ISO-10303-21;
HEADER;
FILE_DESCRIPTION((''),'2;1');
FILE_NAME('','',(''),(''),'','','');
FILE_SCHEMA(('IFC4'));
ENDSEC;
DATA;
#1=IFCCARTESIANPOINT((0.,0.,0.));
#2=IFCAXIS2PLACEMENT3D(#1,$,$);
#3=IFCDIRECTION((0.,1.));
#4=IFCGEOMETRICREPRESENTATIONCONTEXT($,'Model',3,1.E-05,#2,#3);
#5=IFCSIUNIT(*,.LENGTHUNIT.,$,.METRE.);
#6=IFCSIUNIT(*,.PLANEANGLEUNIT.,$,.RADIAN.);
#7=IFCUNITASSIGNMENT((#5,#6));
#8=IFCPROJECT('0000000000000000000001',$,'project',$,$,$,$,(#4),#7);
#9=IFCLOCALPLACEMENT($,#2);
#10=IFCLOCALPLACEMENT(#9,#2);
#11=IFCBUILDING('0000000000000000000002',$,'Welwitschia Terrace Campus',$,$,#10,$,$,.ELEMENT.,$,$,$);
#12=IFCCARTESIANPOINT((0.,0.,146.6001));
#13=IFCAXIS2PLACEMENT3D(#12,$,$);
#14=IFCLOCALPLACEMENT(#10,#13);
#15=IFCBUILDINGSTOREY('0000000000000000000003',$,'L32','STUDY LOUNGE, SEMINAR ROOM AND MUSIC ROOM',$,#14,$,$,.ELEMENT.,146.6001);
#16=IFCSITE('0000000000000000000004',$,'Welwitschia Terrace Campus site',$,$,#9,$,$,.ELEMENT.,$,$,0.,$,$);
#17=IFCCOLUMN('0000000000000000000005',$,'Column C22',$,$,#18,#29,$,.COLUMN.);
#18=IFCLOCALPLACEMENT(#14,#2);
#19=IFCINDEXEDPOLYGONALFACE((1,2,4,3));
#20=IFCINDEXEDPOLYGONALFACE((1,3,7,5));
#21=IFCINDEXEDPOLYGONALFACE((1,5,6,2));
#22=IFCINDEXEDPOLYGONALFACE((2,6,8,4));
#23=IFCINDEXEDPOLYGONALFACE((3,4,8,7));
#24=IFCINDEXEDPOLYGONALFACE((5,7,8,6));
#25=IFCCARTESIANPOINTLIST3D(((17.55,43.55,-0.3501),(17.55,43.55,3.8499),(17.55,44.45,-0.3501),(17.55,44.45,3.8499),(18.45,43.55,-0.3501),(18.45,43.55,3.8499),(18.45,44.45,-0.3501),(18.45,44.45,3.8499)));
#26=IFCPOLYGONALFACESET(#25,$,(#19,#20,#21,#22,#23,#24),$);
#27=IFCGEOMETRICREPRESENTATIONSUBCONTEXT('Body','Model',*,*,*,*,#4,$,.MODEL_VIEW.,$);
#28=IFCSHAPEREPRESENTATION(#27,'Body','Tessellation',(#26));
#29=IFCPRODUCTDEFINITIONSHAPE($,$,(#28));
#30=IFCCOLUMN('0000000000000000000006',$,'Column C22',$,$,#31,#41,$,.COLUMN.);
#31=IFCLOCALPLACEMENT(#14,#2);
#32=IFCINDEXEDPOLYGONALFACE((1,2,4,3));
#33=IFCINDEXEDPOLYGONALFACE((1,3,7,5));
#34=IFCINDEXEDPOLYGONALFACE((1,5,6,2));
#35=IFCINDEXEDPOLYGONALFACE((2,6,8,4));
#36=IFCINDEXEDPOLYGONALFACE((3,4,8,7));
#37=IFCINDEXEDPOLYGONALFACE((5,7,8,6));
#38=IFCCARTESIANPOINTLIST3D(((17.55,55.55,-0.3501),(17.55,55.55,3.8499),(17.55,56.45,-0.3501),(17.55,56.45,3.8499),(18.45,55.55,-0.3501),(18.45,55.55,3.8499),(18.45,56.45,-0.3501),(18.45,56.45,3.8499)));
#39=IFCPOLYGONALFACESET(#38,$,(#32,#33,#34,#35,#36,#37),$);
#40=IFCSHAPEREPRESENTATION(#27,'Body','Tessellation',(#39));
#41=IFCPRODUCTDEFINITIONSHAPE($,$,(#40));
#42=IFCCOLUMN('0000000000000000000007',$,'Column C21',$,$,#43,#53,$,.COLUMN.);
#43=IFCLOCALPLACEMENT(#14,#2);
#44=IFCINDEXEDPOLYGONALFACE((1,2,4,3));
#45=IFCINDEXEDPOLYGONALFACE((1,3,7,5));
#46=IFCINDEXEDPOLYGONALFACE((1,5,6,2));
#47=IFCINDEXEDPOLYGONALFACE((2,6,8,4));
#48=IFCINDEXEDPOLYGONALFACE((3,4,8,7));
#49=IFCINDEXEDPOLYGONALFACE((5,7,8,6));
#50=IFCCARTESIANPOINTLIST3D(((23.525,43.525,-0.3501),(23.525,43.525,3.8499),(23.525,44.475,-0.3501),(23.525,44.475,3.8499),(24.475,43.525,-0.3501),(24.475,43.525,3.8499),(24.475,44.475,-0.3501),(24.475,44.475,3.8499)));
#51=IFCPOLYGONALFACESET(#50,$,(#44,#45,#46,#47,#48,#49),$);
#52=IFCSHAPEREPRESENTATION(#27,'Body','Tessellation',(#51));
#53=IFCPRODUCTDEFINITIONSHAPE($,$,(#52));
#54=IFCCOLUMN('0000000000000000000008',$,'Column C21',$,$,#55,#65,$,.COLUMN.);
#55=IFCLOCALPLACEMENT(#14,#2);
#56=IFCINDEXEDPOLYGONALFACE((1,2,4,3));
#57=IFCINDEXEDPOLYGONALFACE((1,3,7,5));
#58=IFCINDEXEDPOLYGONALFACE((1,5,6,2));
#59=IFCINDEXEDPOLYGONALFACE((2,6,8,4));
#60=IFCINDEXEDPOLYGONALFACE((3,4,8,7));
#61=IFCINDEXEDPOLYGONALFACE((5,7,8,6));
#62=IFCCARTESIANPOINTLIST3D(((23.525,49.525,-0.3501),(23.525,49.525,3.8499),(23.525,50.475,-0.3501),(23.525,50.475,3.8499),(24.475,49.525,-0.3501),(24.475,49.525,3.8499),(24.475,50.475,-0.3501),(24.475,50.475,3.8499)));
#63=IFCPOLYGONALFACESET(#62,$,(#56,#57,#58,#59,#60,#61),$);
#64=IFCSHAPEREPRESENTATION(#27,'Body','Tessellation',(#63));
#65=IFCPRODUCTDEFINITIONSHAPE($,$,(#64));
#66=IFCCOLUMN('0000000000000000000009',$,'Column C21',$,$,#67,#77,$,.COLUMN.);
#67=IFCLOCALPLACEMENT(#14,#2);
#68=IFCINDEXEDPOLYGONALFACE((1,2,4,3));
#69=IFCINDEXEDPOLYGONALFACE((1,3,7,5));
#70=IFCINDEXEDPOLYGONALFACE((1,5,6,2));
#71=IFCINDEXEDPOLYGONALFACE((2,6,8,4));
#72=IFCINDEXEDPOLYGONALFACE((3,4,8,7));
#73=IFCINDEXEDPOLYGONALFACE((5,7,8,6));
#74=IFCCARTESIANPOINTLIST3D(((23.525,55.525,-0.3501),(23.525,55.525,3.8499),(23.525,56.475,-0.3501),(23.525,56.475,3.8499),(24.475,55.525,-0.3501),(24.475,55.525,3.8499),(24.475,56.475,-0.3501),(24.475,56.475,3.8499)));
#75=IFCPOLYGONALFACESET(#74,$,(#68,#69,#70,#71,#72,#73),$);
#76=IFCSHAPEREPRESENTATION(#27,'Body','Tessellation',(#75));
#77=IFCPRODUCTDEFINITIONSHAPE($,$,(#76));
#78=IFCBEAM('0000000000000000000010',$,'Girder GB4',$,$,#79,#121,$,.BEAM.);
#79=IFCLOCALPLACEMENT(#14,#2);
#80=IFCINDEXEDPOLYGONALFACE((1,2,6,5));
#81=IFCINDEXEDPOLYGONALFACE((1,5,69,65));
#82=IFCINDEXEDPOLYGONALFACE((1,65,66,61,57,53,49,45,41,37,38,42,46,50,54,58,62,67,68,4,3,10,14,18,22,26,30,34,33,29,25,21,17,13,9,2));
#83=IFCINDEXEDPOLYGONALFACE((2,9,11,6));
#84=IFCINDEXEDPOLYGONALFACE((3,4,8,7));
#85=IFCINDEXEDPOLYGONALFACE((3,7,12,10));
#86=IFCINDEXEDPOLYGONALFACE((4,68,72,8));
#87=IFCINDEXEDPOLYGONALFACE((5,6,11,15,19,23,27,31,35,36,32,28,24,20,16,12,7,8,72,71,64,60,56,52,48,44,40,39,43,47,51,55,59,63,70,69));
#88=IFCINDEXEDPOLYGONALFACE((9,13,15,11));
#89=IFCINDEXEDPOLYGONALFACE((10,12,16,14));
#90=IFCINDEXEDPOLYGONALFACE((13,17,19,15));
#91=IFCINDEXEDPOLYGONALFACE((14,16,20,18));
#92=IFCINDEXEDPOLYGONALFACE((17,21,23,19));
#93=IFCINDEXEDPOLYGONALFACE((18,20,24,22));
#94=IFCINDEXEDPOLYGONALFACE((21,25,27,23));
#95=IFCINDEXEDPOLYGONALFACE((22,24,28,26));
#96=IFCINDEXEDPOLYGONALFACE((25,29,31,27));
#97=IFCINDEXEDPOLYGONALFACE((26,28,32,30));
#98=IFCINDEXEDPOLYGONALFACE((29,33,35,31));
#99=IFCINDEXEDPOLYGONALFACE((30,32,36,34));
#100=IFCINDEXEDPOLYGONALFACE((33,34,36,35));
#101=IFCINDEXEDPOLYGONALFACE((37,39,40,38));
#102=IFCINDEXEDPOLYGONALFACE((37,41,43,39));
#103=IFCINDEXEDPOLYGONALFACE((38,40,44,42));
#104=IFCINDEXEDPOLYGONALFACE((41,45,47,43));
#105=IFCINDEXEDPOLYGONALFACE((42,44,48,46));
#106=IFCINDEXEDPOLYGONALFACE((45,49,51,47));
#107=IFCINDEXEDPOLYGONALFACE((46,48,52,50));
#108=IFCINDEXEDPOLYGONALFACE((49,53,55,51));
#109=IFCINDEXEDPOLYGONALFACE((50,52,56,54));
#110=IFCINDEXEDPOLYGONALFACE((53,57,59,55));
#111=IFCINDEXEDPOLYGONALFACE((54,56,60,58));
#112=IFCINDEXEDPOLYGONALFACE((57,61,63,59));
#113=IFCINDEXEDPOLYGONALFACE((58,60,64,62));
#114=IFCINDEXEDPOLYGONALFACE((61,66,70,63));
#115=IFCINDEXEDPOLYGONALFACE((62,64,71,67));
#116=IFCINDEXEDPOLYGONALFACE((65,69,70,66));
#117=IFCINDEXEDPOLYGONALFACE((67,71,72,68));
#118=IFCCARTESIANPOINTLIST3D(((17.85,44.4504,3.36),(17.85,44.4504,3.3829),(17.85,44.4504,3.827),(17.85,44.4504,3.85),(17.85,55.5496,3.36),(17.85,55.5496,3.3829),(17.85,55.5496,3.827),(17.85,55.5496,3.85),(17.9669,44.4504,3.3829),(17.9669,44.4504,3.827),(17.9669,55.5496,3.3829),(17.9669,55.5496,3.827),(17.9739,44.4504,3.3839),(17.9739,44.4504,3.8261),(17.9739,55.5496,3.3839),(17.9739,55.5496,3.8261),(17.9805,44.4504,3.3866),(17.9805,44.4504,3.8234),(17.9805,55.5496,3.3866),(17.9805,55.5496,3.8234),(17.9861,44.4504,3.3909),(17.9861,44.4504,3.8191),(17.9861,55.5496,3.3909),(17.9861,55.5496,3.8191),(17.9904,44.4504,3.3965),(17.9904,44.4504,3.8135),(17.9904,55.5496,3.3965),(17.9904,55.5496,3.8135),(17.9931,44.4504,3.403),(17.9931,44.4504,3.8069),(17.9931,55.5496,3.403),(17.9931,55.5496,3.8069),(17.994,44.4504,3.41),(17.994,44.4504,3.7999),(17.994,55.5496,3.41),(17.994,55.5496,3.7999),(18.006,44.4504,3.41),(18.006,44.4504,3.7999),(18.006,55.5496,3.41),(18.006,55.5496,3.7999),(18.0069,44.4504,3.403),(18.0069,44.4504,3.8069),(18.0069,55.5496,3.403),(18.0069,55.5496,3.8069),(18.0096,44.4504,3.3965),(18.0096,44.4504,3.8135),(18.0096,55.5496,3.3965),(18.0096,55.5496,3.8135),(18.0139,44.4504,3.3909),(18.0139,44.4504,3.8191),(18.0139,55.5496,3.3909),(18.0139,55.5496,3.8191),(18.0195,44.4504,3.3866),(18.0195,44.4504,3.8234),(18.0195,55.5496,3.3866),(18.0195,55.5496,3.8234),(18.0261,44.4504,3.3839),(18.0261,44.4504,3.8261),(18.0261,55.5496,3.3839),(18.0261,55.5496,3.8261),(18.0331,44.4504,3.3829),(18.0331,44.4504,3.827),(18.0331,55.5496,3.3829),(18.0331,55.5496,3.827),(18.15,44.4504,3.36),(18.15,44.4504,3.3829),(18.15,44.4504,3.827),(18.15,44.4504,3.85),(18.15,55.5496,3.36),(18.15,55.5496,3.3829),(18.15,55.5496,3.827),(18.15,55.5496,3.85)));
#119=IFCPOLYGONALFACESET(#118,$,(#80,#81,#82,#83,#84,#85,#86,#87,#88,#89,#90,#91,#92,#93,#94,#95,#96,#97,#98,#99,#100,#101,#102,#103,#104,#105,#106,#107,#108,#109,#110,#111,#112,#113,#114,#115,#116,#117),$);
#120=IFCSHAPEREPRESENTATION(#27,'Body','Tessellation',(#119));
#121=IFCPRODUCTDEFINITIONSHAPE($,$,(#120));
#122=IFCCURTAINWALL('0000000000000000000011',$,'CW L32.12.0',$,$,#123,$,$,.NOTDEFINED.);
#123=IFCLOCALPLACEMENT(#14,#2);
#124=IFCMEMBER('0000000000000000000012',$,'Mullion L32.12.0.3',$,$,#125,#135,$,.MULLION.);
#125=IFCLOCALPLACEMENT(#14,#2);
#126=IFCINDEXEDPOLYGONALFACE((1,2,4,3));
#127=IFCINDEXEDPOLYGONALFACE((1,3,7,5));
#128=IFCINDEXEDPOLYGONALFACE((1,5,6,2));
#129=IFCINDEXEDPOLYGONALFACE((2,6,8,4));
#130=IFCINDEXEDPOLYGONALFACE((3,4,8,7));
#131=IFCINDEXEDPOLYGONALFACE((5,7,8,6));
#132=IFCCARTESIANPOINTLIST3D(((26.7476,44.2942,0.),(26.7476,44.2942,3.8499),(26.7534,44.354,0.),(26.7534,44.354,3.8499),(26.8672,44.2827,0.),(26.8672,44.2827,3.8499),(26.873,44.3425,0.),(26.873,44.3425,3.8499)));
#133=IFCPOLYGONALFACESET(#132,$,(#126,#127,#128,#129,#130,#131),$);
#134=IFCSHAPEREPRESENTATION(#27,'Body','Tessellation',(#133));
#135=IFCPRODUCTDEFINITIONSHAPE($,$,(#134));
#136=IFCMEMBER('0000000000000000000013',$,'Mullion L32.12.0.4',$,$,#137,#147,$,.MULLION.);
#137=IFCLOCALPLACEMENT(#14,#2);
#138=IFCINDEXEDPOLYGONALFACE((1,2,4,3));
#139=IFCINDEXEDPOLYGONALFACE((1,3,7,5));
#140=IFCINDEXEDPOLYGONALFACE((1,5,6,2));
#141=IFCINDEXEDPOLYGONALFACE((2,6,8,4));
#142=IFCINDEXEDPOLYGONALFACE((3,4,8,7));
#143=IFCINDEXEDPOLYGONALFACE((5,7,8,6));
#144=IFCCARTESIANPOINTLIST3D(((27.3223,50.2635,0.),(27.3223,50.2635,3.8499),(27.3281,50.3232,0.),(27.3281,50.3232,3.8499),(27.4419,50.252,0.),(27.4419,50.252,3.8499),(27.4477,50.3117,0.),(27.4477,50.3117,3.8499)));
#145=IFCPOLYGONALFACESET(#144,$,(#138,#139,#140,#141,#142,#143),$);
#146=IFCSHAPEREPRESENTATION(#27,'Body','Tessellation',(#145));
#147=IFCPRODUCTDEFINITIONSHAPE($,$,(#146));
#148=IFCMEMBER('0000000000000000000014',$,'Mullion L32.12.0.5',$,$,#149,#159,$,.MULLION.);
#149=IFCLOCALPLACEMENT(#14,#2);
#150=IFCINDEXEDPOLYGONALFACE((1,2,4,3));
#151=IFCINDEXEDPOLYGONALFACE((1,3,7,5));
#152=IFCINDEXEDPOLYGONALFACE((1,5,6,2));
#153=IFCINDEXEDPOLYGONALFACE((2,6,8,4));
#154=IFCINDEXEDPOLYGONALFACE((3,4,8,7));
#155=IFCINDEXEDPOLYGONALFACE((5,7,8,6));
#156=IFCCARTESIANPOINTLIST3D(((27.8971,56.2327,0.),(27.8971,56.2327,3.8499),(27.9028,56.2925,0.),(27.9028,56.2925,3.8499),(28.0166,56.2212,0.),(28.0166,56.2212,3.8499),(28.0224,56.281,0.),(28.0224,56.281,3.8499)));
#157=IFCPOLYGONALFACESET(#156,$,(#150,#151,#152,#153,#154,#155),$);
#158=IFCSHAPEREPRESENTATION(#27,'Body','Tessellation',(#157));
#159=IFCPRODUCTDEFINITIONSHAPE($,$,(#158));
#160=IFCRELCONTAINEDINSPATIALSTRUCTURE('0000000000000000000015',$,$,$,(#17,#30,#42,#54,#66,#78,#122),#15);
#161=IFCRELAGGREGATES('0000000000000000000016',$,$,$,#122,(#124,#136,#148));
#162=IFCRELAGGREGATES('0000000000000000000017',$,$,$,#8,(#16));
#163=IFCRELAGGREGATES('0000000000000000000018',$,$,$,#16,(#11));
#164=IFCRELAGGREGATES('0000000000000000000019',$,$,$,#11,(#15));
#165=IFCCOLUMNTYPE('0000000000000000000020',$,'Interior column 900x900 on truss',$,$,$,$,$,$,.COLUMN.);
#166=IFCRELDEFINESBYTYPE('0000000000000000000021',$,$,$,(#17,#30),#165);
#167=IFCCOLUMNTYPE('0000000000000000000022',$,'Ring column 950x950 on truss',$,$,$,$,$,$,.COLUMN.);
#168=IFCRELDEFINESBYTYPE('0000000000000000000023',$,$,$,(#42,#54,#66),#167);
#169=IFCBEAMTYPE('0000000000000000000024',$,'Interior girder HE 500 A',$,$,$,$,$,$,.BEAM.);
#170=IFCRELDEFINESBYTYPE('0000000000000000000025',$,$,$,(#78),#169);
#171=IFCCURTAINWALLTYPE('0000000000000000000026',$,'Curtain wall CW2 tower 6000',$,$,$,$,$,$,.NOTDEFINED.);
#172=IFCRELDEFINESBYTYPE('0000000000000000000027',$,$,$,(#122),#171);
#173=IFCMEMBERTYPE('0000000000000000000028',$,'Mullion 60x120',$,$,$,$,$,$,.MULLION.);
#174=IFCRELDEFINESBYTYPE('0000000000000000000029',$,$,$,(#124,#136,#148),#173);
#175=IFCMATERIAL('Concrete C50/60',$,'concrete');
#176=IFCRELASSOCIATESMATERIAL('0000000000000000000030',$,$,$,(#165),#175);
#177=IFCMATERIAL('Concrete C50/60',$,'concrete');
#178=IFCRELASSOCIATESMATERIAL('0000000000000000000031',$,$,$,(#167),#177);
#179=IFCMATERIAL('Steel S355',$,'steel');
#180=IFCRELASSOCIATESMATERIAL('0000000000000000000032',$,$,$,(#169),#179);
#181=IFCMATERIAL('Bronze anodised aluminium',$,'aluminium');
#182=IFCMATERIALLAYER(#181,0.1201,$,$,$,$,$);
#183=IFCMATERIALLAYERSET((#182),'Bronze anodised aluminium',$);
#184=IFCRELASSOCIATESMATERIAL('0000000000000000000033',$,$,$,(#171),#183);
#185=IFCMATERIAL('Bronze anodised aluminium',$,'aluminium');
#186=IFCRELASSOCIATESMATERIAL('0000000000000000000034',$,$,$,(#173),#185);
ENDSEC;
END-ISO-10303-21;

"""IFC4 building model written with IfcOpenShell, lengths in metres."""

from ifc_helpers import new_model, si_unit, direction, frame, origin, origin_2d, place, context, subcontext, project, spatial, rectangle, i_section, extrude, material, layer, layer_set, material_profile, profile_set, type_object, element, aggregate, save


model = new_model("IFC4")

# Units and contexts
model_context = context("Model", 3, precision=1e-05, world=origin(), true_north=direction((0.0, 1.0)))
body_context = subcontext(model_context, "Body", "Model", "MODEL_VIEW")
ifc_project = project(units=[si_unit("LENGTHUNIT", "METRE"), si_unit("PLANEANGLEUNIT", "RADIAN")], contexts=[model_context])

# Site, building, storey
site_placement = place(None, origin())
site = spatial("IfcSite", under=ifc_project, at=site_placement, Name="Welwitschia Terrace Campus site", CompositionType="ELEMENT", RefElevation=0.0)
building_placement = place(site_placement, origin())
building = spatial("IfcBuilding", under=site, at=building_placement, Name="Welwitschia Terrace Campus", CompositionType="ELEMENT")
storey_placement = place(building_placement, frame((0.0, 0.0, 146.6001)))
storey = spatial("IfcBuildingStorey", under=building, at=storey_placement, Name="L32", Description="STUDY LOUNGE, SEMINAR ROOM AND MUSIC ROOM", CompositionType="ELEMENT", Elevation=146.6001)

# Columns
ifc_material_1 = material(Name="Concrete C50/60", Category="concrete")
ifc_material_profile_1 = material_profile(ifc_material_1, rectangle(XDim=0.8999, YDim=0.8999, at=origin_2d()))
ifc_profile_set_1 = profile_set([ifc_material_profile_1], Name="Concrete C50/60")
column_type_1 = type_object("IfcColumnType", Name="Interior column 900x900 on truss", PredefinedType="COLUMN", material=ifc_profile_set_1)
for number, where, z_axis, x_axis, name in (
    (1, (18.0, 44.0, -0.3501), (0.0, 0.0, 1.0), (1.0, 0.0, 0.0), "Column C22"),
    (2, (18.0, 56.0, -0.3501), (0.0, 0.0, 1.0), (1.0, 0.0, 0.0), "Column C22"),
):
    element("IfcColumn", number, at=place(storey_placement, frame(where, z_axis=z_axis, x_axis=x_axis)), inside=storey, type_object=column_type_1, Name=name, PredefinedType="COLUMN", context=body_context, shape_type="SweptSolid", body=[
        extrude(rectangle(XDim=0.8999, YDim=0.8999, at=origin_2d()), origin(), (0.0, 0.0, 1.0), 4.2),
    ])
ifc_material_2 = material(Name="Concrete C50/60", Category="concrete")
ifc_material_profile_2 = material_profile(ifc_material_2, rectangle(XDim=0.95, YDim=0.95, at=origin_2d()))
ifc_profile_set_2 = profile_set([ifc_material_profile_2], Name="Concrete C50/60")
column_type_2 = type_object("IfcColumnType", Name="Ring column 950x950 on truss", PredefinedType="COLUMN", material=ifc_profile_set_2)
for number, where, z_axis, x_axis, name in (
    (3, (24.0, 44.0, -0.3501), (0.0, 0.0, 1.0), (1.0, 0.0, 0.0), "Column C21"),
    (4, (24.0, 50.0, -0.3501), (0.0, 0.0, 1.0), (1.0, 0.0, 0.0), "Column C21"),
    (5, (24.0, 56.0, -0.3501), (0.0, 0.0, 1.0), (1.0, 0.0, 0.0), "Column C21"),
):
    element("IfcColumn", number, at=place(storey_placement, frame(where, z_axis=z_axis, x_axis=x_axis)), inside=storey, type_object=column_type_2, Name=name, PredefinedType="COLUMN", context=body_context, shape_type="SweptSolid", body=[
        extrude(rectangle(XDim=0.95, YDim=0.95, at=origin_2d()), origin(), (0.0, 0.0, 1.0), 4.2),
    ])

# Beam
ifc_material_3 = material(Name="Steel S355", Category="steel")
ifc_material_profile_3 = material_profile(ifc_material_3, i_section(OverallWidth=0.3, OverallDepth=0.49, WebThickness=0.012, FlangeThickness=0.0229, FilletRadius=0.0271, at=origin_2d()))
ifc_profile_set_3 = profile_set([ifc_material_profile_3], Name="Steel S355")
beam_type_1 = type_object("IfcBeamType", Name="Interior girder HE 500 A", PredefinedType="BEAM", material=ifc_profile_set_3)
beam_placement = place(storey_placement, frame((18.0, 44.4504, 3.605), z_axis=(0.0, 1.0, 0.0), x_axis=(-1.0, 0.0, 0.0)))
element("IfcBeam", 6, at=beam_placement, inside=storey, type_object=beam_type_1, Name="Girder GB4", PredefinedType="BEAM", context=body_context, shape_type="SweptSolid", body=[
    extrude(i_section(OverallWidth=0.3, OverallDepth=0.49, WebThickness=0.012, FlangeThickness=0.0229, FilletRadius=0.0271, at=origin_2d()), origin(), (0.0, 0.0, 1.0), 11.0991),
])

# Curtain wall, members
ifc_material_4 = material(Name="Bronze anodised aluminium", Category="aluminium")
ifc_layer_1 = layer(ifc_material_4, 0.1201)
ifc_layer_set_1 = layer_set([ifc_layer_1], Name="Bronze anodised aluminium")
curtain_wall_type = type_object("IfcCurtainWallType", Name="Curtain wall CW2 tower 6000", PredefinedType="NOTDEFINED", material=ifc_layer_set_1)
curtain_wall_placement = place(storey_placement, origin())
curtain_wall = element("IfcCurtainWall", 7, at=curtain_wall_placement, inside=storey, type_object=curtain_wall_type, Name="CW L32.12.0", PredefinedType="NOTDEFINED")
ifc_material_5 = material(Name="Bronze anodised aluminium", Category="aluminium")
ifc_material_profile_4 = material_profile(ifc_material_5, rectangle(XDim=0.1201, YDim=0.0601, at=origin_2d()))
ifc_profile_set_4 = profile_set([ifc_material_profile_4], Name="Bronze anodised aluminium")
member_type = type_object("IfcMemberType", Name="Mullion 60x120", PredefinedType="MULLION", material=ifc_profile_set_4)
member_1_placement = place(storey_placement, frame((26.8103, 44.3184, 0.0), z_axis=(0.0, 0.0, 1.0), x_axis=(-0.995396, 0.095846, 0.0)))
member_1 = element("IfcMember", 8, at=member_1_placement, type_object=member_type, Name="Mullion L32.12.0.3", PredefinedType="MULLION", context=body_context, shape_type="SweptSolid", body=[
    extrude(rectangle(XDim=0.1201, YDim=0.0601, at=origin_2d()), origin(), (0.0, 0.0, 1.0), 3.8499),
])
member_2_placement = place(storey_placement, frame((27.385, 50.2876, 0.0), z_axis=(0.0, 0.0, 1.0), x_axis=(-0.995396, 0.095846, 0.0)))
member_2 = element("IfcMember", 9, at=member_2_placement, type_object=member_type, Name="Mullion L32.12.0.4", PredefinedType="MULLION", context=body_context, shape_type="SweptSolid", body=[
    extrude(rectangle(XDim=0.1201, YDim=0.0601, at=origin_2d()), origin(), (0.0, 0.0, 1.0), 3.8499),
])
member_3_placement = place(storey_placement, frame((27.9597, 56.2568, 0.0), z_axis=(0.0, 0.0, 1.0), x_axis=(-0.995396, 0.095846, 0.0)))
member_3 = element("IfcMember", 10, at=member_3_placement, type_object=member_type, Name="Mullion L32.12.0.5", PredefinedType="MULLION", context=body_context, shape_type="SweptSolid", body=[
    extrude(rectangle(XDim=0.1201, YDim=0.0601, at=origin_2d()), origin(), (0.0, 0.0, 1.0), 3.8499),
])

aggregate(curtain_wall, [member_1, member_2, member_3])

save(model, "model.ifc")
